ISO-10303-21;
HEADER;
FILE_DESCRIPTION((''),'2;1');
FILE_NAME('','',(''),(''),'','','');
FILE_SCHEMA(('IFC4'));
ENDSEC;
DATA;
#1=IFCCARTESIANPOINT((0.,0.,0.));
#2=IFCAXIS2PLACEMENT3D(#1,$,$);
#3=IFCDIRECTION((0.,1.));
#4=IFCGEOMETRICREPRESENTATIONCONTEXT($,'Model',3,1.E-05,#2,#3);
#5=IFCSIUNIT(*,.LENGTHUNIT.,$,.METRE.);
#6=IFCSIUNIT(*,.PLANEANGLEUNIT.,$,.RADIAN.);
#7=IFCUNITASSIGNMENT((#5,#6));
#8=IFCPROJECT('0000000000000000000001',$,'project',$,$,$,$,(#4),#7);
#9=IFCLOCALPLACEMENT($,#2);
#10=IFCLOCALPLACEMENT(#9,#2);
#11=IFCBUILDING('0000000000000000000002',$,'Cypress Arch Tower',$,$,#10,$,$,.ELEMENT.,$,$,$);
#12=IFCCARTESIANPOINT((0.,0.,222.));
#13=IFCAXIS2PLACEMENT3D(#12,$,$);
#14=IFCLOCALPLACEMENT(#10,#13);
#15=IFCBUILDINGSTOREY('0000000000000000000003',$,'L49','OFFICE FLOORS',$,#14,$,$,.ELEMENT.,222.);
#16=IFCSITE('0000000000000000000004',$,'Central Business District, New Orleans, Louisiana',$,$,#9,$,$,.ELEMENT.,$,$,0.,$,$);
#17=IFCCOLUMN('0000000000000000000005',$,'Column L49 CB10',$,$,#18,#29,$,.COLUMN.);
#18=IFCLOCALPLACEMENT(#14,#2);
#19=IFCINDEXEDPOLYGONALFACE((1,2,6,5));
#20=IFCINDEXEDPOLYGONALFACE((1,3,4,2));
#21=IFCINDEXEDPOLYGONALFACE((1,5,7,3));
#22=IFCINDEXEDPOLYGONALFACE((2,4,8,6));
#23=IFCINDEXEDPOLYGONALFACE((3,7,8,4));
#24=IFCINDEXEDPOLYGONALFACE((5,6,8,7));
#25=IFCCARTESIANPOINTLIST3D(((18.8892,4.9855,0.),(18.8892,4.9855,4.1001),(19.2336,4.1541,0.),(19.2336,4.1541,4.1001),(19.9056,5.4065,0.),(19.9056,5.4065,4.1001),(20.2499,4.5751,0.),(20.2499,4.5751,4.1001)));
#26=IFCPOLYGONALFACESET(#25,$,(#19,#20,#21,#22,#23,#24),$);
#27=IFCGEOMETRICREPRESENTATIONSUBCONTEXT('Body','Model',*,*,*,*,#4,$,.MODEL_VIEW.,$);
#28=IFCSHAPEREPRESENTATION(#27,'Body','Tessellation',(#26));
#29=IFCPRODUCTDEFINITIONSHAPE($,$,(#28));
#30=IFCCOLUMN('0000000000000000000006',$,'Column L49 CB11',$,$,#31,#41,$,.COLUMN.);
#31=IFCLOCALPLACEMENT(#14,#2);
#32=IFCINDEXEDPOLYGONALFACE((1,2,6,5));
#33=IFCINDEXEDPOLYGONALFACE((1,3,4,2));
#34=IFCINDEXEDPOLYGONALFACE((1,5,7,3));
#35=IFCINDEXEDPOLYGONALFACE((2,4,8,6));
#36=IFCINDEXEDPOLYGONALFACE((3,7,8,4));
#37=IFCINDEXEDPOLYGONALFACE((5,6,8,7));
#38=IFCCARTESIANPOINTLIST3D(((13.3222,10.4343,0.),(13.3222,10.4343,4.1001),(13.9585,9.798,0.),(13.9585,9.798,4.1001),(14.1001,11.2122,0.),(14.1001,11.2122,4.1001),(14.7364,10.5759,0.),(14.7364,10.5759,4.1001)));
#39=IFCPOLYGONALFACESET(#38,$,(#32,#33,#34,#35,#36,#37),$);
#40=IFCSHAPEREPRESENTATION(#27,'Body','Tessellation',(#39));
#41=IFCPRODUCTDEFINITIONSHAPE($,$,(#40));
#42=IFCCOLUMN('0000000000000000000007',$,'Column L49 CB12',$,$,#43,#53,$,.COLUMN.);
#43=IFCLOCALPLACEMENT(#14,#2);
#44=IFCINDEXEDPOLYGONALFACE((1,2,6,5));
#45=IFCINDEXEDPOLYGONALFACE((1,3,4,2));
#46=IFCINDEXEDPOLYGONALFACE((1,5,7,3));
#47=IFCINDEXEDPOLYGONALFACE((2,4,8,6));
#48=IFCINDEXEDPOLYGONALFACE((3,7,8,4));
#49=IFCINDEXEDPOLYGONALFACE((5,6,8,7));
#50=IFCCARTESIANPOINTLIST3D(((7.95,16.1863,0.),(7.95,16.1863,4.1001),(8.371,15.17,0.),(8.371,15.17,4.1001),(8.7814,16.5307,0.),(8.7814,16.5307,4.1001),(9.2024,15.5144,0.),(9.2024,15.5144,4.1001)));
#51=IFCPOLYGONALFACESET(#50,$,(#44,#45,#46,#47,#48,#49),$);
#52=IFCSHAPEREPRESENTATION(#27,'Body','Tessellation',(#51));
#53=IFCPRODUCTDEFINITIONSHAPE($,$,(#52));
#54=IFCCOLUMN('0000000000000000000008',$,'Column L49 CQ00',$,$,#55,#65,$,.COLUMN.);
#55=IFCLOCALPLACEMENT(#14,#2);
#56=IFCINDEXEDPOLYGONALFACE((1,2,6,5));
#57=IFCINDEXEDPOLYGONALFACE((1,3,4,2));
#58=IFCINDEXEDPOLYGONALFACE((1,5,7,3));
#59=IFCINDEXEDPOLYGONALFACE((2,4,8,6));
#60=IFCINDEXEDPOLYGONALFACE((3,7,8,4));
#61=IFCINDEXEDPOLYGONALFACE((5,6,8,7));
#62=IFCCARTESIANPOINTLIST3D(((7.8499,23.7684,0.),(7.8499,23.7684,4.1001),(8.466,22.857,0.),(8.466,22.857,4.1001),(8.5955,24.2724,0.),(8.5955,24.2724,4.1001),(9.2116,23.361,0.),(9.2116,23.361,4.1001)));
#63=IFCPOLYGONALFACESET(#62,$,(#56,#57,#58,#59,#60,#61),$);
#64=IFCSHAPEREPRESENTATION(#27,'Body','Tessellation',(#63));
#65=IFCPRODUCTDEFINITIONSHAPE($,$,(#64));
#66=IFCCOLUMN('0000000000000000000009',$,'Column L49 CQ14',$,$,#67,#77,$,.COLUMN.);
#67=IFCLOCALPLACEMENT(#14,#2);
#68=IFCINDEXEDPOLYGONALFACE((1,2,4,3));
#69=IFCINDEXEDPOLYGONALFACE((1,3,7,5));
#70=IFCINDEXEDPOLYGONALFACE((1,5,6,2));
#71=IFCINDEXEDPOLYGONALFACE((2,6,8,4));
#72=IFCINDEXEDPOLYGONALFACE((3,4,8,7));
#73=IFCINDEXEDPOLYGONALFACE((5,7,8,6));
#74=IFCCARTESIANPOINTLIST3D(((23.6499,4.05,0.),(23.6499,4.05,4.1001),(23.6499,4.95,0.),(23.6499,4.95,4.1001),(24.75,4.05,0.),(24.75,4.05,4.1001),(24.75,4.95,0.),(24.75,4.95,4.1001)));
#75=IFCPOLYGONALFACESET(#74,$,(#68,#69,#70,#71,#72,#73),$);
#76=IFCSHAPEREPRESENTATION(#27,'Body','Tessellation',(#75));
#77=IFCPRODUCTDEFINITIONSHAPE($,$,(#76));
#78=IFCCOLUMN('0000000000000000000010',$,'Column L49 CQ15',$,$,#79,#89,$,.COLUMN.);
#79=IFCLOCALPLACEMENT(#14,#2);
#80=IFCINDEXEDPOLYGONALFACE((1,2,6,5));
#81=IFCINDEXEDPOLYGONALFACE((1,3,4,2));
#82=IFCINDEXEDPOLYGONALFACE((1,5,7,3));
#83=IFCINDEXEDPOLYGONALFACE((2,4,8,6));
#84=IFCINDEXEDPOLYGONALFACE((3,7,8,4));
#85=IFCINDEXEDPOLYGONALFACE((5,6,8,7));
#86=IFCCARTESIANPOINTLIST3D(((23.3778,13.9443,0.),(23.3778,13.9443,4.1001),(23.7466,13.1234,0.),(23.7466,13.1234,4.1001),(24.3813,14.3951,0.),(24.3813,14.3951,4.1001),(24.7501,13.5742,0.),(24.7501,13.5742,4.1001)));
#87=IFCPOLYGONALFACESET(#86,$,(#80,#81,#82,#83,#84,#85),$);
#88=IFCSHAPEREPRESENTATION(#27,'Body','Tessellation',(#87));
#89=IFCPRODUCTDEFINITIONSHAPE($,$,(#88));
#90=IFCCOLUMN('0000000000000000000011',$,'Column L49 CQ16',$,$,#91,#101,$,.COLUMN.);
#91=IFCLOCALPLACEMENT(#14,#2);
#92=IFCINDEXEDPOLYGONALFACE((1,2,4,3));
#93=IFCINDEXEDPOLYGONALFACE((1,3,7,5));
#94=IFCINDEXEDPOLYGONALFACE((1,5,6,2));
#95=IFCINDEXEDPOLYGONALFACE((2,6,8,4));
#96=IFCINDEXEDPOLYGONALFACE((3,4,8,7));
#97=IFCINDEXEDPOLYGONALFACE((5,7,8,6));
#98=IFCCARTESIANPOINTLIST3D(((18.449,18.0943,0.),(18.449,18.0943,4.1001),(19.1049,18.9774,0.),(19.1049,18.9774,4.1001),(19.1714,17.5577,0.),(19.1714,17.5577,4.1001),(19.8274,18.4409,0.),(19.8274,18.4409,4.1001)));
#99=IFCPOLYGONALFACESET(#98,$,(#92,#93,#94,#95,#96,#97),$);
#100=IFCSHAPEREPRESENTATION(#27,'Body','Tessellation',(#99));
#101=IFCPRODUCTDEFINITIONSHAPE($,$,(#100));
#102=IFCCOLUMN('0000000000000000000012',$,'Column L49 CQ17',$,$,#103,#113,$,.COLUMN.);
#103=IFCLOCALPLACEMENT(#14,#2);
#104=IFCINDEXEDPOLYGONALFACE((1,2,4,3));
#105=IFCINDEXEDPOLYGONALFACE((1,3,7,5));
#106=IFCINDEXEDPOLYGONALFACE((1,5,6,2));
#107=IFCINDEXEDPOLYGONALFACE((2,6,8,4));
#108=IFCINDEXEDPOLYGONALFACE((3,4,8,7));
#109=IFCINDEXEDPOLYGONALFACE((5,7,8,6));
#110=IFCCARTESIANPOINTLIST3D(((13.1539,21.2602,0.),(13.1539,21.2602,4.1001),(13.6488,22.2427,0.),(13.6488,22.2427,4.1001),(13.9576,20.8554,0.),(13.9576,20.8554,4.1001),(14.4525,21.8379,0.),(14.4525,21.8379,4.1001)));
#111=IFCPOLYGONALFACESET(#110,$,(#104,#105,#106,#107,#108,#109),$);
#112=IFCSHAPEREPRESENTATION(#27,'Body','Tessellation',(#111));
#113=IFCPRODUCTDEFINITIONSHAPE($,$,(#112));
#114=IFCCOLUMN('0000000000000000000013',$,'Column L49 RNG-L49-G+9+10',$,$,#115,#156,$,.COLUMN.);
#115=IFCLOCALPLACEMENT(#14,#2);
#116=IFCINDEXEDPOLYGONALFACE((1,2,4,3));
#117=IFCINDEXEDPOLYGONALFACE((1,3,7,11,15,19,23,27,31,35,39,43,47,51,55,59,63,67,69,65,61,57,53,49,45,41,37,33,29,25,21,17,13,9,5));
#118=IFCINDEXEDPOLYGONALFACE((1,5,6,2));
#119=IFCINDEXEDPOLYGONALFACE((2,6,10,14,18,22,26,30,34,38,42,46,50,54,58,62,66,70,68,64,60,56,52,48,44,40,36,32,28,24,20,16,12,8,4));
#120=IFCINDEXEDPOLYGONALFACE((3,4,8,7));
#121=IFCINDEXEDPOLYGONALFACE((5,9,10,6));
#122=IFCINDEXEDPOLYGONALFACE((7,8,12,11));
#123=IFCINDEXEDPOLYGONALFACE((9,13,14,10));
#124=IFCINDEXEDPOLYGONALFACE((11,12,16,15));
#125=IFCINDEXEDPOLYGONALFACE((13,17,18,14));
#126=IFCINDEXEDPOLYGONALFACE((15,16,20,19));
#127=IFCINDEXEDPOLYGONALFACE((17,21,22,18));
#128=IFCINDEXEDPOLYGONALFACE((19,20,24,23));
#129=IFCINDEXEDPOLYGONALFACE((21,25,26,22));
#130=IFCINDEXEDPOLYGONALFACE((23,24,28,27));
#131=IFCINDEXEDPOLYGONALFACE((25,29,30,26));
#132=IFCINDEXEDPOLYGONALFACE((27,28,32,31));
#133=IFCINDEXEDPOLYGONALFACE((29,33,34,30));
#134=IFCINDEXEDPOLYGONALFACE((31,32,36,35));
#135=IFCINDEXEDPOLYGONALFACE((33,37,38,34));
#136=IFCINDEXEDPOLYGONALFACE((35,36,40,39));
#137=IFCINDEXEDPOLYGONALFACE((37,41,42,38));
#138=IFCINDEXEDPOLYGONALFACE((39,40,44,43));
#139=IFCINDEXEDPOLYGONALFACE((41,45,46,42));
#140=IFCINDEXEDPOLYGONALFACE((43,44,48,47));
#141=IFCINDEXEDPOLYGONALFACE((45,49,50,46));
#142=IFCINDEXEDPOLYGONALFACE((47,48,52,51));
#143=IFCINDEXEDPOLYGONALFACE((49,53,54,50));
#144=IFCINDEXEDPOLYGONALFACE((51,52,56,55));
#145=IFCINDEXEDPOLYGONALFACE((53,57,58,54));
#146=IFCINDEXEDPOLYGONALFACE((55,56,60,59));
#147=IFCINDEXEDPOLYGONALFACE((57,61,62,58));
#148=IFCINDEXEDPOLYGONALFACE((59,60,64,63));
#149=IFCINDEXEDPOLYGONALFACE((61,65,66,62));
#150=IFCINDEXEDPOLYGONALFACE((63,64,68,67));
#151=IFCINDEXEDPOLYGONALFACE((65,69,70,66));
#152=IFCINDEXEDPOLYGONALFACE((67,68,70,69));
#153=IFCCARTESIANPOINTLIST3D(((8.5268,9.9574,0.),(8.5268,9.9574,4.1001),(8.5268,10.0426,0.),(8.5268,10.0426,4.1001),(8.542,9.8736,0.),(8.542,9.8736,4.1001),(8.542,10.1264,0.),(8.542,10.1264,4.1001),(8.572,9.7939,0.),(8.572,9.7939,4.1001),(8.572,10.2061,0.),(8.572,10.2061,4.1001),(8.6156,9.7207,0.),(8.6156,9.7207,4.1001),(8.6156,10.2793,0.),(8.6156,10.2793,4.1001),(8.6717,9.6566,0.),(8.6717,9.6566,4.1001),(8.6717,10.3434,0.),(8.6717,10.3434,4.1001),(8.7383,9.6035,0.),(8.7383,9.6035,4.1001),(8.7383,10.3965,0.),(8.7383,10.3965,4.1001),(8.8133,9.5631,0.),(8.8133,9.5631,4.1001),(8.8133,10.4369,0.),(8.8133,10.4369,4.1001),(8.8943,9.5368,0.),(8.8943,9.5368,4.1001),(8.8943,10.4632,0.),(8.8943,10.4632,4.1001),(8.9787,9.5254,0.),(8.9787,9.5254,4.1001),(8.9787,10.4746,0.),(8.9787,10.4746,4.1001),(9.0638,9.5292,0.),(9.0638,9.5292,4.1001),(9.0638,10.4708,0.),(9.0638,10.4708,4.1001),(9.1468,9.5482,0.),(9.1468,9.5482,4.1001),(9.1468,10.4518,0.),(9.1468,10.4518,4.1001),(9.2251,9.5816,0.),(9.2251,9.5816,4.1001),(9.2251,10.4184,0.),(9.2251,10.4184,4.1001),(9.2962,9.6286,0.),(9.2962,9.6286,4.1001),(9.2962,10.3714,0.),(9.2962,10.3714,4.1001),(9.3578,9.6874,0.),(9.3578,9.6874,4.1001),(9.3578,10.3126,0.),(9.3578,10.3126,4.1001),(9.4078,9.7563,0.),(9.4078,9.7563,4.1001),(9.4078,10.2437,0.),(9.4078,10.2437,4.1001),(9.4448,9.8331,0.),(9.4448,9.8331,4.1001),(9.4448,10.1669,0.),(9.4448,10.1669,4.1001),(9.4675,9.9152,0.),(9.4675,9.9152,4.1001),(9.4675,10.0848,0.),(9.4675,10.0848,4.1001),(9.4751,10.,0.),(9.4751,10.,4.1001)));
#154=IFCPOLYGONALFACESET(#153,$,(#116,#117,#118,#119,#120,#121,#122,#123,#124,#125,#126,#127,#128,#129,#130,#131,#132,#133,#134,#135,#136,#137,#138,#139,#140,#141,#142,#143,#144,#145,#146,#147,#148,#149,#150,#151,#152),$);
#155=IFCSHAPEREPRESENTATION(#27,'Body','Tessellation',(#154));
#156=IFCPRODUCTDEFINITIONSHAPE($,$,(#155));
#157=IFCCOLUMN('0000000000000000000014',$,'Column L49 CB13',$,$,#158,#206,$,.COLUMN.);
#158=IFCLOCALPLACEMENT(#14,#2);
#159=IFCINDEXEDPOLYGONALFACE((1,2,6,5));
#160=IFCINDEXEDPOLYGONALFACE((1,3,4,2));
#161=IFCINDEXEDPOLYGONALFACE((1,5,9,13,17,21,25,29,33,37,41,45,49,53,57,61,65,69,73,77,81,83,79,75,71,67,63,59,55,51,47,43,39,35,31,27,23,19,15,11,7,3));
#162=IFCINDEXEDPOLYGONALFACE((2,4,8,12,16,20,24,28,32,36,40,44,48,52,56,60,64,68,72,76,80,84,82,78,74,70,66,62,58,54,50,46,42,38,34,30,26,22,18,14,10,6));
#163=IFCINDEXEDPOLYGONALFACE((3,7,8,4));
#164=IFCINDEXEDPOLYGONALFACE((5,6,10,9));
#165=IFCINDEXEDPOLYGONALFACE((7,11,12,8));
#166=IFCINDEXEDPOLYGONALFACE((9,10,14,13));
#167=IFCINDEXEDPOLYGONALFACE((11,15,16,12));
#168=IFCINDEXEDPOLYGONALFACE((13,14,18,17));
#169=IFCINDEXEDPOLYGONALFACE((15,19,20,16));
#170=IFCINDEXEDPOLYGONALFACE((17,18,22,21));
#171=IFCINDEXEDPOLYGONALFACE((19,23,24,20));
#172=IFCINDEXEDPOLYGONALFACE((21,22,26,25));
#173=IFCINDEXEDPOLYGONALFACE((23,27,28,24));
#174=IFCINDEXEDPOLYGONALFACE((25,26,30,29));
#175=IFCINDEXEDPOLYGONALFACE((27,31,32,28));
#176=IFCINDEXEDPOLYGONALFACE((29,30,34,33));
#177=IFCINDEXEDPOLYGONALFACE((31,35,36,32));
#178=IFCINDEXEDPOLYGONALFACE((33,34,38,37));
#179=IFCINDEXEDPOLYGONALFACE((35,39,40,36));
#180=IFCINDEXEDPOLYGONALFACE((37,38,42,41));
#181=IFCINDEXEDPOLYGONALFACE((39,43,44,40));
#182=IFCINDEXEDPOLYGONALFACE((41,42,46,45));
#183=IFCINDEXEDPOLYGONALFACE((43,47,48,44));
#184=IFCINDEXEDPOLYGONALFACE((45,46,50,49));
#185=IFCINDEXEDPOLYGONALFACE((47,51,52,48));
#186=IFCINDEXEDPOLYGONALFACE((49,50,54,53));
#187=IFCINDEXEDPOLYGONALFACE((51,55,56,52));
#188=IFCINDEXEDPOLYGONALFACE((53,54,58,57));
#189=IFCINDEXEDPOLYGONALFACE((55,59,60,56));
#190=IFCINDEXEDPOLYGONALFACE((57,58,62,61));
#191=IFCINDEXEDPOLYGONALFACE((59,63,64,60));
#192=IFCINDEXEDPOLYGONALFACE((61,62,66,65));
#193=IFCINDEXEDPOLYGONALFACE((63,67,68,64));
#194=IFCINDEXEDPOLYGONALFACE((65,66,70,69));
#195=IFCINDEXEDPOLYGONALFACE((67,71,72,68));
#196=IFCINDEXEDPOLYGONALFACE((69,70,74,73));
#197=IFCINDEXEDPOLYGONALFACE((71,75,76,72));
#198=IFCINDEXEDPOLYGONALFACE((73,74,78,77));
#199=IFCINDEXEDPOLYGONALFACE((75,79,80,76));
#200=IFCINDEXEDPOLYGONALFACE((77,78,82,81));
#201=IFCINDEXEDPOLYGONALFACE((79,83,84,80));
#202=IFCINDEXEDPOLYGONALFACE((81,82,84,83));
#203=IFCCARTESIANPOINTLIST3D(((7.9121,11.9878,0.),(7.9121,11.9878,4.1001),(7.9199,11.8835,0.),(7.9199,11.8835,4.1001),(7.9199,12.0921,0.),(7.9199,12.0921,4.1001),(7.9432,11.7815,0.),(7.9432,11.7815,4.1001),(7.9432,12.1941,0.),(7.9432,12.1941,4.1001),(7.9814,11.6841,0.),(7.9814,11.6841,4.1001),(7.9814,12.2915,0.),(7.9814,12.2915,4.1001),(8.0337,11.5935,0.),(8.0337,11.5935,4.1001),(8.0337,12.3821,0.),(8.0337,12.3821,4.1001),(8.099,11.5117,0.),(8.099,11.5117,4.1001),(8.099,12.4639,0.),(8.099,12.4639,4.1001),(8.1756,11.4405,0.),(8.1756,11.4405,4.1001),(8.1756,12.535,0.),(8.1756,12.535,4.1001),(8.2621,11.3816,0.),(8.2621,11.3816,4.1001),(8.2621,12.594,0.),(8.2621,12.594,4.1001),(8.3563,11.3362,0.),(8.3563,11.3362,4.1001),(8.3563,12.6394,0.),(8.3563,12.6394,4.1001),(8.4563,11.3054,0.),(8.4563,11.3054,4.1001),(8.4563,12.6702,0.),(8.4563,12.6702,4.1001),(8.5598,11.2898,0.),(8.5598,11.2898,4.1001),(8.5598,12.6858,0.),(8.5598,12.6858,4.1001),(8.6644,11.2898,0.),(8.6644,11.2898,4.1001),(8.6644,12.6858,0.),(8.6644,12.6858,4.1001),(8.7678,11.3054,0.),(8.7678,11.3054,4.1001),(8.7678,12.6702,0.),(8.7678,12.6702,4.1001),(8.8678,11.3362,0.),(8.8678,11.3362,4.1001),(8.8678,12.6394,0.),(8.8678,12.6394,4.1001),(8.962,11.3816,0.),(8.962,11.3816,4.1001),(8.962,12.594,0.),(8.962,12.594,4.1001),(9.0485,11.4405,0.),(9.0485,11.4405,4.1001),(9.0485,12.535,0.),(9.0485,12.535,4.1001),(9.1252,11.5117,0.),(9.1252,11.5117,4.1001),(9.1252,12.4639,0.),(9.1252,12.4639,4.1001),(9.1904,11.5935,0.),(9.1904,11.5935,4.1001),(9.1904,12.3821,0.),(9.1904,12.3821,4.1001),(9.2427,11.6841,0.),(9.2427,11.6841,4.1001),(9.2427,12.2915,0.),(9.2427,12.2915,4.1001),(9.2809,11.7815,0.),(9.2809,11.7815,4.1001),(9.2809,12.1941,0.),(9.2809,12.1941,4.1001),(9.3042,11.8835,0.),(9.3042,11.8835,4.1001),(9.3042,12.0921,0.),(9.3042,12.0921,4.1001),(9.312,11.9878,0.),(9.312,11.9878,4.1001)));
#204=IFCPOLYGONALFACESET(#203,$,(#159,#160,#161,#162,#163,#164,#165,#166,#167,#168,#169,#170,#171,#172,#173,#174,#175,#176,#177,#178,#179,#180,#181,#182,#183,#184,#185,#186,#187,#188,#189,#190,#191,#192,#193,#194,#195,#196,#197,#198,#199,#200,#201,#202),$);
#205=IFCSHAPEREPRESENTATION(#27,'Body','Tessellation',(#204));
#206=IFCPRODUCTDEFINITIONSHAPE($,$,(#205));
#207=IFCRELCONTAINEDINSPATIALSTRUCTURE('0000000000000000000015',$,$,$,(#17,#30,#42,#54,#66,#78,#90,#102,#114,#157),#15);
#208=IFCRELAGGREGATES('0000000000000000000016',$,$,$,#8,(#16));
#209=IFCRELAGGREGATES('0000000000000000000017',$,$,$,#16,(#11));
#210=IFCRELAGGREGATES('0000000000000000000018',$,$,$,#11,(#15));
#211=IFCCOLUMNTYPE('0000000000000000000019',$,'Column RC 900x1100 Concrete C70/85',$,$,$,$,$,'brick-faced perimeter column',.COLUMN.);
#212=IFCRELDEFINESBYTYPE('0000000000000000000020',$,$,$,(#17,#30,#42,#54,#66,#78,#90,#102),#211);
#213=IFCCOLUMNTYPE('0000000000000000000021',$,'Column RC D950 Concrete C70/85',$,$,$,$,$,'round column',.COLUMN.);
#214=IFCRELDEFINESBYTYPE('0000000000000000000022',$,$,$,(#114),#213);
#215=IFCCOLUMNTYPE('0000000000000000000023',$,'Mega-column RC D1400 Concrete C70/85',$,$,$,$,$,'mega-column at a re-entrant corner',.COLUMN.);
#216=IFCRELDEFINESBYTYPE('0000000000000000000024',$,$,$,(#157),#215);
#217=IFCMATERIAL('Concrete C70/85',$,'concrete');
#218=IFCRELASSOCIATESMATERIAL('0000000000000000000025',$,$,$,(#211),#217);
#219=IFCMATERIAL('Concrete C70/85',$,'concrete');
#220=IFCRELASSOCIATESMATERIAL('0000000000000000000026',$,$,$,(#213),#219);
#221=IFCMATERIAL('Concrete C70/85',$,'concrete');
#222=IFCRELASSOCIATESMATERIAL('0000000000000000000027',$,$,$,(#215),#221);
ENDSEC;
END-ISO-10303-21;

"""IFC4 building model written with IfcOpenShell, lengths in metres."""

from ifc_helpers import new_model, si_unit, direction, frame, origin, origin_2d, place, context, subcontext, project, spatial, rectangle, circle, extrude, material, material_profile, profile_set, type_object, element, save


model = new_model("IFC4")

# Units and contexts
model_context = context("Model", 3, precision=1e-05, world=origin(), true_north=direction((0.0, 1.0)))
body_context = subcontext(model_context, "Body", "Model", "MODEL_VIEW")
ifc_project = project(units=[si_unit("LENGTHUNIT", "METRE"), si_unit("PLANEANGLEUNIT", "RADIAN")], contexts=[model_context])

# Site, building, storey
site_placement = place(None, origin())
site = spatial("IfcSite", under=ifc_project, at=site_placement, Name="Central Business District, New Orleans, Louisiana", CompositionType="ELEMENT", RefElevation=0.0)
building_placement = place(site_placement, origin())
building = spatial("IfcBuilding", under=site, at=building_placement, Name="Cypress Arch Tower", CompositionType="ELEMENT")
storey_placement = place(building_placement, frame((0.0, 0.0, 222.0)))
storey = spatial("IfcBuildingStorey", under=building, at=storey_placement, Name="L49", Description="OFFICE FLOORS", CompositionType="ELEMENT", Elevation=222.0)

# Columns
ifc_material_1 = material(Name="Concrete C70/85", Category="concrete")
ifc_material_profile_1 = material_profile(ifc_material_1, rectangle(XDim=0.8999, YDim=1.1001, at=origin_2d()), Name="RC 900x1100")
ifc_profile_set_1 = profile_set([ifc_material_profile_1], Name="Concrete C70/85")
column_type_1 = type_object("IfcColumnType", Name="Column RC 900x1100 Concrete C70/85", ElementType="brick-faced perimeter column", PredefinedType="COLUMN", material=ifc_profile_set_1)
for number, where, z_axis, x_axis, name in (
    (1, (19.5696, 4.7803, 0.0), (0.0, 0.0, 1.0), (-0.382683, 0.92388, 0.0), "Column L49 CB10"),
    (2, (14.0293, 10.5051, 0.0), (0.0, 0.0, 1.0), (-0.707107, 0.707107, 0.0), "Column L49 CB11"),
    (3, (8.5762, 15.8503, 0.0), (0.0, 0.0, 1.0), (-0.92388, -0.382683, 0.0), "Column L49 CB12"),
    (4, (8.5308, 23.5647, 0.0), (0.0, 0.0, 1.0), (-0.82847, -0.560034, 0.0), "Column L49 CQ00"),
    (5, (24.2, 4.5, 0.0), (0.0, 0.0, 1.0), (0.0, 1.0, 0.0), "Column L49 CQ14"),
    (6, (24.064, 13.7593, 0.0), (0.0, 0.0, 1.0), (-0.409765, 0.912191, 0.0), "Column L49 CQ15"),
    (7, (19.1382, 18.2676, 0.0), (0.0, 0.0, 1.0), (-0.802799, 0.59625, 0.0), "Column L49 CQ16"),
    (8, (13.8032, 21.5491, 0.0), (0.0, 0.0, 1.0), (-0.893106, 0.449845, 0.0), "Column L49 CQ17"),
):
    element("IfcColumn", number, at=place(storey_placement, frame(where, z_axis=z_axis, x_axis=x_axis)), inside=storey, type_object=column_type_1, Name=name, PredefinedType="COLUMN", context=body_context, shape_type="SweptSolid", body=[
        extrude(rectangle(XDim=0.8999, YDim=1.1001, at=origin_2d()), origin(), (0.0, 0.0, 1.0), 4.1001),
    ])
ifc_material_2 = material(Name="Concrete C70/85", Category="concrete")
ifc_material_profile_2 = material_profile(ifc_material_2, circle(Radius=0.4751, at=origin_2d()), Name="RC D950")
ifc_profile_set_2 = profile_set([ifc_material_profile_2], Name="Concrete C70/85")
column_type_2 = type_object("IfcColumnType", Name="Column RC D950 Concrete C70/85", ElementType="round column", PredefinedType="COLUMN", material=ifc_profile_set_2)
column_1_placement = place(storey_placement, frame((9.0, 10.0, 0.0), z_axis=(0.0, 0.0, 1.0), x_axis=(1.0, 0.0, 0.0)))
element("IfcColumn", 9, at=column_1_placement, inside=storey, type_object=column_type_2, Name="Column L49 RNG-L49-G+9+10", PredefinedType="COLUMN", context=body_context, shape_type="SweptSolid", body=[
    extrude(circle(Radius=0.4751, at=origin_2d()), origin(), (0.0, 0.0, 1.0), 4.1001),
])
ifc_material_3 = material(Name="Concrete C70/85", Category="concrete")
ifc_material_profile_3 = material_profile(ifc_material_3, circle(Radius=0.7, at=origin_2d()), Name="RC D1400")
ifc_profile_set_3 = profile_set([ifc_material_profile_3], Name="Concrete C70/85")
column_type_3 = type_object("IfcColumnType", Name="Mega-column RC D1400 Concrete C70/85", ElementType="mega-column at a re-entrant corner", PredefinedType="COLUMN", material=ifc_profile_set_3)
column_2_placement = place(storey_placement, frame((8.6121, 11.9878, 0.0), z_axis=(0.0, 0.0, 1.0), x_axis=(1.0, 0.0, 0.0)))
element("IfcColumn", 10, at=column_2_placement, inside=storey, type_object=column_type_3, Name="Column L49 CB13", PredefinedType="COLUMN", context=body_context, shape_type="SweptSolid", body=[
    extrude(circle(Radius=0.7, at=origin_2d()), origin(), (0.0, 0.0, 1.0), 4.1001),
])

save(model, "model.ifc")
